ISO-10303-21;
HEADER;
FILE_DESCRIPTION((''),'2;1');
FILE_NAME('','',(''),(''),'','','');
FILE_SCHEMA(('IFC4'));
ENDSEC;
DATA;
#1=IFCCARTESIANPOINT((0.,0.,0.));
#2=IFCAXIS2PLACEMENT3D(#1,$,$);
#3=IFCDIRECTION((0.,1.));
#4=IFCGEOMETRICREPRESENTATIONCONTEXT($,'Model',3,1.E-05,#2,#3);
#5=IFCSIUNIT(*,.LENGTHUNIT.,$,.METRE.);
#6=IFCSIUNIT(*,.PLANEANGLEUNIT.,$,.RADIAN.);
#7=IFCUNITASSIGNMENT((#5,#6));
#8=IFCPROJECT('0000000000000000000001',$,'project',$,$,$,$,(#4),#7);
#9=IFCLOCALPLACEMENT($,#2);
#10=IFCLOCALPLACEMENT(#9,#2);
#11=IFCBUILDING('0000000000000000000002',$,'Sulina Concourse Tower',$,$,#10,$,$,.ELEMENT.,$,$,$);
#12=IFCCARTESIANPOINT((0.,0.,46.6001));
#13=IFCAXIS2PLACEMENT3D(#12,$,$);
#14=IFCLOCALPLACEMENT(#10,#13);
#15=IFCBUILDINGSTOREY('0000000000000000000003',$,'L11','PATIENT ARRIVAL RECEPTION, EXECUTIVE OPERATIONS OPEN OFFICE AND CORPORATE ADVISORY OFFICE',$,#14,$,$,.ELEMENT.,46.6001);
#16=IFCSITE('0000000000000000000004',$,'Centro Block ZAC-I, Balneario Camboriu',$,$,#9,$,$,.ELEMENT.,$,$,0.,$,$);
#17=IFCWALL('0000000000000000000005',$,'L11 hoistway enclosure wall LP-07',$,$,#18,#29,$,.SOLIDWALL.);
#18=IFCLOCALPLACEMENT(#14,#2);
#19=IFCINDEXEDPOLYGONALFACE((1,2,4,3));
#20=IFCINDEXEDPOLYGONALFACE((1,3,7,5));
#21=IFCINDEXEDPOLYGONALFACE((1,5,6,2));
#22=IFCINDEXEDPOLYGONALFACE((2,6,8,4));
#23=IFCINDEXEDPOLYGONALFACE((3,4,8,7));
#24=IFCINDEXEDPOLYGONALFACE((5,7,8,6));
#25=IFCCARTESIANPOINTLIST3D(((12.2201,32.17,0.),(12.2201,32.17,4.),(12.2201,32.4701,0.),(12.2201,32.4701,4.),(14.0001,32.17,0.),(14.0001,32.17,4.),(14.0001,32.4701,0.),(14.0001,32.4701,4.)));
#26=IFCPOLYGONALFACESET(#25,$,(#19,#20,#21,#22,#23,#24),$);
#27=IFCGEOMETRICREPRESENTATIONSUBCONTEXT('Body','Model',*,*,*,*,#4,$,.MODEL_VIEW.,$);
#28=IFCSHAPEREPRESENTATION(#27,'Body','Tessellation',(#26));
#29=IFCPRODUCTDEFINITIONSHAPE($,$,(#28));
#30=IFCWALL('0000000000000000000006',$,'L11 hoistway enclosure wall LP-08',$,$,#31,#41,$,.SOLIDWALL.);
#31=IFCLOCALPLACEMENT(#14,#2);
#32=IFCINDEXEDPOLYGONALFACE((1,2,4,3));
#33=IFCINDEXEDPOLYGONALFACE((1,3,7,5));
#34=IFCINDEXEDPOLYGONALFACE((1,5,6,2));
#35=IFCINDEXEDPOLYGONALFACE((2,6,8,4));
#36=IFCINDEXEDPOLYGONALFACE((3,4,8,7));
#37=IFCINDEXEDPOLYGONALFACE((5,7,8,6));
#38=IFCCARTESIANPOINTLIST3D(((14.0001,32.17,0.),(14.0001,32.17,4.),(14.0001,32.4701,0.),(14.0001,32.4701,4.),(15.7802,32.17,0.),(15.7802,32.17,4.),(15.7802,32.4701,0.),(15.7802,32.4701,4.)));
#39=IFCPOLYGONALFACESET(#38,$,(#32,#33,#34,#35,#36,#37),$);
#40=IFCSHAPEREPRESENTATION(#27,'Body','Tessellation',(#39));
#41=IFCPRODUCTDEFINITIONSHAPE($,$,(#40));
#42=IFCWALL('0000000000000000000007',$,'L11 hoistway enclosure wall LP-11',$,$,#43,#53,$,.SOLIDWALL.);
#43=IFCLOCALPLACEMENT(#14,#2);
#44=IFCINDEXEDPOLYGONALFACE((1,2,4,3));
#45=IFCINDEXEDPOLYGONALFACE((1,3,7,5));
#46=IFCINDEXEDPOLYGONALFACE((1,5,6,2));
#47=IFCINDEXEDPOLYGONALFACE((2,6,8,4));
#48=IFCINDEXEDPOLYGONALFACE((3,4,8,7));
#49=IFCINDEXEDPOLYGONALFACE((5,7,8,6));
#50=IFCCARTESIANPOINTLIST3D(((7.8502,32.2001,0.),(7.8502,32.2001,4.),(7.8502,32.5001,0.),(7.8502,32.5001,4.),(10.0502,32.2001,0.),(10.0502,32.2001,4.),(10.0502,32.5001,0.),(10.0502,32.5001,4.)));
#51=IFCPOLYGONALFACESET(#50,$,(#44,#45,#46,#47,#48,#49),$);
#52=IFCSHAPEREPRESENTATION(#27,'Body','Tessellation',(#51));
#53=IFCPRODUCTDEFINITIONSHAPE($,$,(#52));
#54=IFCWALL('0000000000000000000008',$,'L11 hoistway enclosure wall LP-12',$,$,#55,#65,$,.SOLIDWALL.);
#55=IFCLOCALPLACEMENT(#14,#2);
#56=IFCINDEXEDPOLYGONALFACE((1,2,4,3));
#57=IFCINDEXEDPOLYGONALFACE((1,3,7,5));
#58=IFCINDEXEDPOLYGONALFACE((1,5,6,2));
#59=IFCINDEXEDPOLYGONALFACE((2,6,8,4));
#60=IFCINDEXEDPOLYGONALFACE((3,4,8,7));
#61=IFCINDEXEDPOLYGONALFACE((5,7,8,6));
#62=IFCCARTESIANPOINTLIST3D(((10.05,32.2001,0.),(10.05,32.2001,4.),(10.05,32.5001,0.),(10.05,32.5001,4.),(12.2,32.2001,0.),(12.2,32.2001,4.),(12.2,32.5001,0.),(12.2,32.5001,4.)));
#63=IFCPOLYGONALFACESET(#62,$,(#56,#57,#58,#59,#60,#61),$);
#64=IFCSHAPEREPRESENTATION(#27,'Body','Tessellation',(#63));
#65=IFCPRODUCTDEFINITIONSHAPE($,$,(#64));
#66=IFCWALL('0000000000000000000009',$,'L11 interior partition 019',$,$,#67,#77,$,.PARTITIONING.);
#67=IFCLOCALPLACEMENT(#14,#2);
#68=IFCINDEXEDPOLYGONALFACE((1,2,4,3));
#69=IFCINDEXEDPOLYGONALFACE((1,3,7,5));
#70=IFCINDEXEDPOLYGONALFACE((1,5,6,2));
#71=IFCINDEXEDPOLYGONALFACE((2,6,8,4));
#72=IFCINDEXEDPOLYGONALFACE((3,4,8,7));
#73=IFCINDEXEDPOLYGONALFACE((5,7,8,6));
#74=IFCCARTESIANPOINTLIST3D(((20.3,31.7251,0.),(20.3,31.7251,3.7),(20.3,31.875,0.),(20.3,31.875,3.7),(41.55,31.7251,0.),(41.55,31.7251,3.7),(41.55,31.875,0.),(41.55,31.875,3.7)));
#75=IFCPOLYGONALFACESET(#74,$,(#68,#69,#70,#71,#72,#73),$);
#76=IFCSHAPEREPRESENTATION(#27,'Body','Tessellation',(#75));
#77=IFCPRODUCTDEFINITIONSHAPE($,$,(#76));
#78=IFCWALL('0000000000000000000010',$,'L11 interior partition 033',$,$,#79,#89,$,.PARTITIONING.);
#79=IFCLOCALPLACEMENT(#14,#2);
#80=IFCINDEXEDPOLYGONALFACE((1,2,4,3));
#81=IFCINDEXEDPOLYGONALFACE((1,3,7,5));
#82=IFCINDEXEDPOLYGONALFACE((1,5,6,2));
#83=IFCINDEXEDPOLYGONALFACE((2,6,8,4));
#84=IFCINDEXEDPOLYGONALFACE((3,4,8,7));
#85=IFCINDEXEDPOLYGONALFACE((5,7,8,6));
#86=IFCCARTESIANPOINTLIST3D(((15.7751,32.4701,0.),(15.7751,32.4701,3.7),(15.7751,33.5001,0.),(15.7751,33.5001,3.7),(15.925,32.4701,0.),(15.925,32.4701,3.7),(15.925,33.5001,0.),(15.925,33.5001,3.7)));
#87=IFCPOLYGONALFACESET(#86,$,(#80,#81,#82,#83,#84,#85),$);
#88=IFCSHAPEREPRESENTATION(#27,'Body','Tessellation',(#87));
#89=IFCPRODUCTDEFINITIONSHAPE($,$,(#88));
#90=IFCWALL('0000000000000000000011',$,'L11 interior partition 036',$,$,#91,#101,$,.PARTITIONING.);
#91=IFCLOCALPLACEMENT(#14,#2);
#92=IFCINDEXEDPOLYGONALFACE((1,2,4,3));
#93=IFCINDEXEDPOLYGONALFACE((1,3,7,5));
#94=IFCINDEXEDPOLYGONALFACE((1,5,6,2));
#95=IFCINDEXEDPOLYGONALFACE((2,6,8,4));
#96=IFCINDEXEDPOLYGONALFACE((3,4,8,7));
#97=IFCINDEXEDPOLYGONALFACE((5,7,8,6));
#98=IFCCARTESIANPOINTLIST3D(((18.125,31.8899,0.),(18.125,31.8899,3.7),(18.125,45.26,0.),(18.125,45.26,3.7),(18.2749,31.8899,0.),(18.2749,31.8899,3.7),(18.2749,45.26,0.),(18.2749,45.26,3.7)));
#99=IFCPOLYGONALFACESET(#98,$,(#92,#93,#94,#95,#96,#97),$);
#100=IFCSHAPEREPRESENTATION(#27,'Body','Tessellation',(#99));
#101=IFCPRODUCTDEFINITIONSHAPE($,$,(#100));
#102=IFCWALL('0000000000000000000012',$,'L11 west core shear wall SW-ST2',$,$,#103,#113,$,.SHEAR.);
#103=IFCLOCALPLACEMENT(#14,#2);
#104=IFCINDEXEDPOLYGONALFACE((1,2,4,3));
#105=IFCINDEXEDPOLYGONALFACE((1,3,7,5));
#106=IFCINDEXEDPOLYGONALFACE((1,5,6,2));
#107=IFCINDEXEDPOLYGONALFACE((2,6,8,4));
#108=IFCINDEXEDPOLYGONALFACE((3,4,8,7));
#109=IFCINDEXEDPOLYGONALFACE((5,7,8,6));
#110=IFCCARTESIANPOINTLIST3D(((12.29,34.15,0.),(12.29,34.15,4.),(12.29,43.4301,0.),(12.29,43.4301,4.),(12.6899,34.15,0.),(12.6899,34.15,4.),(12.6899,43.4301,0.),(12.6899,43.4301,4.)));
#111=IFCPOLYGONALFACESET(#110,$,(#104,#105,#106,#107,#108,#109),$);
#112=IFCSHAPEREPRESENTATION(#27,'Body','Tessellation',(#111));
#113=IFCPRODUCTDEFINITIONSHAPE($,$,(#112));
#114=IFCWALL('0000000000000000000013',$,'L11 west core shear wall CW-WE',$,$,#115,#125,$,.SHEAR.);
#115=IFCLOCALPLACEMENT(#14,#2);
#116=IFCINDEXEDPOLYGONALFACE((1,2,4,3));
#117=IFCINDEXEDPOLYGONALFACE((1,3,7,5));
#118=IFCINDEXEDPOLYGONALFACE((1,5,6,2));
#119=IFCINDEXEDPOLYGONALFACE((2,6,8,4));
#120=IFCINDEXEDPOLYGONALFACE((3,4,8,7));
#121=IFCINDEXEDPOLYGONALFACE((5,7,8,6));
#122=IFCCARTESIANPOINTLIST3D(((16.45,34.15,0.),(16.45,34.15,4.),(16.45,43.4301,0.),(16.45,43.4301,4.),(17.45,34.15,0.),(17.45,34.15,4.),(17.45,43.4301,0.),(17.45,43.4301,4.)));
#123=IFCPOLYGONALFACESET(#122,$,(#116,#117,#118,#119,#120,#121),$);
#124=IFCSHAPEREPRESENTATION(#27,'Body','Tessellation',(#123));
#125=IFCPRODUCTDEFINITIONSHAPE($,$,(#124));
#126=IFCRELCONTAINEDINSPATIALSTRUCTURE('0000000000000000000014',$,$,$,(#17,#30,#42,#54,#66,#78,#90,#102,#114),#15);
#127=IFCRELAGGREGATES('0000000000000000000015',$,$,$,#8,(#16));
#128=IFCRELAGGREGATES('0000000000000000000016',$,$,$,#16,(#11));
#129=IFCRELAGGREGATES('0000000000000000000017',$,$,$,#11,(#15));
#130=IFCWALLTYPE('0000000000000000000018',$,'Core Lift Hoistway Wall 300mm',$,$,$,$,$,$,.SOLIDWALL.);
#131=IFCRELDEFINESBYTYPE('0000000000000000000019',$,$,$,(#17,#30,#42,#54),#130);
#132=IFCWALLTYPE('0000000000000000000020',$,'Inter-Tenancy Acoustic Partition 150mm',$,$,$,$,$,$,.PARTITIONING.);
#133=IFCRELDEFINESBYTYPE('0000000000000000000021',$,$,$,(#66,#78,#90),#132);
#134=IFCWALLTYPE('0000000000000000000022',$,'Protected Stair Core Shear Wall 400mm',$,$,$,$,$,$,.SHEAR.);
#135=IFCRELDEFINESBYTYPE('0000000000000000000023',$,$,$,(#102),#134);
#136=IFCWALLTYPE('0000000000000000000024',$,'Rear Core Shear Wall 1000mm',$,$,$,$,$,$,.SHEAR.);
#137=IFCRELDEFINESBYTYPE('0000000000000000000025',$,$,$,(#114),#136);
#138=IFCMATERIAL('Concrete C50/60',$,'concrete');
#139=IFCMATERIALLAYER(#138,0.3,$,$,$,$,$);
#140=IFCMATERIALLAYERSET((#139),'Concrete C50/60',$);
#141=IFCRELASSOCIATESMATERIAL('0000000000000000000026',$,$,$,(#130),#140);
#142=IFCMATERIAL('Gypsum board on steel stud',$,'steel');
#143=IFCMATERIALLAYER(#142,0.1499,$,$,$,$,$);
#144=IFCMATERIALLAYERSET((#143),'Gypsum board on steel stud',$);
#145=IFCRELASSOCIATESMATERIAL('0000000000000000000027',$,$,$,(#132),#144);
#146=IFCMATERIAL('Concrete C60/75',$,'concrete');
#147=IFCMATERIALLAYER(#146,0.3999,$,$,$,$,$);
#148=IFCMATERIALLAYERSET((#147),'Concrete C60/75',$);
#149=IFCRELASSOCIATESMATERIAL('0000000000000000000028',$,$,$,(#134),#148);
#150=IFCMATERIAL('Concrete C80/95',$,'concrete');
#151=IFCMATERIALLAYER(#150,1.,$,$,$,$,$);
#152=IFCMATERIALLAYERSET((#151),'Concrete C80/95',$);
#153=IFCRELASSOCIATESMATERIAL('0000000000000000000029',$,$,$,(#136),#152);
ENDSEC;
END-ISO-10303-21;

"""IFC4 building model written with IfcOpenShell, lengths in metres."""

from ifc_helpers import new_model, si_unit, direction, frame, frame_2d, origin, place, context, subcontext, project, spatial, rectangle, extrude, material, layer, layer_set, type_object, element, save


model = new_model("IFC4")

# Units and contexts
model_context = context("Model", 3, precision=1e-05, world=origin(), true_north=direction((0.0, 1.0)))
body_context = subcontext(model_context, "Body", "Model", "MODEL_VIEW")
ifc_project = project(units=[si_unit("LENGTHUNIT", "METRE"), si_unit("PLANEANGLEUNIT", "RADIAN")], contexts=[model_context])

# Site, building, storey
site_placement = place(None, origin())
site = spatial("IfcSite", under=ifc_project, at=site_placement, Name="Centro Block ZAC-I, Balneario Camboriu", CompositionType="ELEMENT", RefElevation=0.0)
building_placement = place(site_placement, origin())
building = spatial("IfcBuilding", under=site, at=building_placement, Name="Sulina Concourse Tower", CompositionType="ELEMENT")
storey_placement = place(building_placement, frame((0.0, 0.0, 46.6001)))
storey = spatial("IfcBuildingStorey", under=building, at=storey_placement, Name="L11", Description="PATIENT ARRIVAL RECEPTION, EXECUTIVE OPERATIONS OPEN OFFICE AND CORPORATE ADVISORY OFFICE", CompositionType="ELEMENT", Elevation=46.6001)

# Walls
ifc_material_1 = material(Name="Concrete C50/60", Category="concrete")
ifc_layer_1 = layer(ifc_material_1, 0.3)
ifc_layer_set_1 = layer_set([ifc_layer_1], Name="Concrete C50/60")
wall_type_1 = type_object("IfcWallType", Name="Core Lift Hoistway Wall 300mm", PredefinedType="SOLIDWALL", material=ifc_layer_set_1)
for number, where, z_axis, x_axis, name in (
    (1, (12.22, 32.3201, 0.0), (0.0, 0.0, 1.0), (1.0, 0.0, 0.0), "L11 hoistway enclosure wall LP-07"),
    (2, (14.0, 32.3201, 0.0), (0.0, 0.0, 1.0), (1.0, 0.0, 0.0), "L11 hoistway enclosure wall LP-08"),
):
    element("IfcWall", number, at=place(storey_placement, frame(where, z_axis=z_axis, x_axis=x_axis)), inside=storey, type_object=wall_type_1, Name=name, PredefinedType="SOLIDWALL", context=body_context, shape_type="SweptSolid", body=[
        extrude(rectangle(XDim=1.78, YDim=0.3, at=frame_2d((0.8901, 0.0))), origin(), (0.0, 0.0, 1.0), 4.0),
    ])
wall_1_placement = place(storey_placement, frame((7.8501, 32.3501, 0.0), z_axis=(0.0, 0.0, 1.0), x_axis=(1.0, 0.0, 0.0)))
element("IfcWall", 3, at=wall_1_placement, inside=storey, type_object=wall_type_1, Name="L11 hoistway enclosure wall LP-11", PredefinedType="SOLIDWALL", context=body_context, shape_type="SweptSolid", body=[
    extrude(rectangle(XDim=2.2, YDim=0.3, at=frame_2d((1.1001, 0.0))), origin(), (0.0, 0.0, 1.0), 4.0),
])
wall_2_placement = place(storey_placement, frame((10.05, 32.3501, 0.0), z_axis=(0.0, 0.0, 1.0), x_axis=(1.0, 0.0, 0.0)))
element("IfcWall", 4, at=wall_2_placement, inside=storey, type_object=wall_type_1, Name="L11 hoistway enclosure wall LP-12", PredefinedType="SOLIDWALL", context=body_context, shape_type="SweptSolid", body=[
    extrude(rectangle(XDim=2.1499, YDim=0.3, at=frame_2d((1.075, 0.0))), origin(), (0.0, 0.0, 1.0), 4.0),
])
ifc_material_2 = material(Name="Gypsum board on steel stud", Category="steel")
ifc_layer_2 = layer(ifc_material_2, 0.1499)
ifc_layer_set_2 = layer_set([ifc_layer_2], Name="Gypsum board on steel stud")
wall_type_2 = type_object("IfcWallType", Name="Inter-Tenancy Acoustic Partition 150mm", PredefinedType="PARTITIONING", material=ifc_layer_set_2)
wall_3_placement = place(storey_placement, frame((20.3, 31.8, 0.0), z_axis=(0.0, 0.0, 1.0), x_axis=(1.0, 0.0, 0.0)))
element("IfcWall", 5, at=wall_3_placement, inside=storey, type_object=wall_type_2, Name="L11 interior partition 019", PredefinedType="PARTITIONING", context=body_context, shape_type="SweptSolid", body=[
    extrude(rectangle(XDim=21.25, YDim=0.1499, at=frame_2d((10.625, 0.0))), origin(), (0.0, 0.0, 1.0), 3.7),
])
wall_4_placement = place(storey_placement, frame((15.8501, 32.47, 0.0), z_axis=(0.0, 0.0, 1.0), x_axis=(0.0, 1.0, 0.0)))
element("IfcWall", 6, at=wall_4_placement, inside=storey, type_object=wall_type_2, Name="L11 interior partition 033", PredefinedType="PARTITIONING", context=body_context, shape_type="SweptSolid", body=[
    extrude(rectangle(XDim=1.03, YDim=0.1499, at=frame_2d((0.5151, 0.0))), origin(), (0.0, 0.0, 1.0), 3.7),
])
wall_5_placement = place(storey_placement, frame((18.2, 31.8899, 0.0), z_axis=(0.0, 0.0, 1.0), x_axis=(0.0, 1.0, 0.0)))
element("IfcWall", 7, at=wall_5_placement, inside=storey, type_object=wall_type_2, Name="L11 interior partition 036", PredefinedType="PARTITIONING", context=body_context, shape_type="SweptSolid", body=[
    extrude(rectangle(XDim=13.3701, YDim=0.1499, at=frame_2d((6.6851, 0.0))), origin(), (0.0, 0.0, 1.0), 3.7),
])

# Walls
ifc_material_3 = material(Name="Concrete C60/75", Category="concrete")
ifc_layer_3 = layer(ifc_material_3, 0.3999)
ifc_layer_set_3 = layer_set([ifc_layer_3], Name="Concrete C60/75")
wall_type_3 = type_object("IfcWallType", Name="Protected Stair Core Shear Wall 400mm", PredefinedType="SHEAR", material=ifc_layer_set_3)
wall_6_placement = place(storey_placement, frame((12.49, 34.1499, 0.0), z_axis=(0.0, 0.0, 1.0), x_axis=(0.0, 1.0, 0.0)))
element("IfcWall", 8, at=wall_6_placement, inside=storey, type_object=wall_type_3, Name="L11 west core shear wall SW-ST2", PredefinedType="SHEAR", context=body_context, shape_type="SweptSolid", body=[
    extrude(rectangle(XDim=9.28, YDim=0.3999, at=frame_2d((4.6401, 0.0))), origin(), (0.0, 0.0, 1.0), 4.0),
])
ifc_material_4 = material(Name="Concrete C80/95", Category="concrete")
ifc_layer_4 = layer(ifc_material_4, 1.0)
ifc_layer_set_4 = layer_set([ifc_layer_4], Name="Concrete C80/95")
wall_type_4 = type_object("IfcWallType", Name="Rear Core Shear Wall 1000mm", PredefinedType="SHEAR", material=ifc_layer_set_4)
wall_7_placement = place(storey_placement, frame((16.95, 34.1499, 0.0), z_axis=(0.0, 0.0, 1.0), x_axis=(0.0, 1.0, 0.0)))
element("IfcWall", 9, at=wall_7_placement, inside=storey, type_object=wall_type_4, Name="L11 west core shear wall CW-WE", PredefinedType="SHEAR", context=body_context, shape_type="SweptSolid", body=[
    extrude(rectangle(XDim=9.28, YDim=1.0, at=frame_2d((4.6401, 0.0))), origin(), (0.0, 0.0, 1.0), 4.0),
])

save(model, "model.ifc")
